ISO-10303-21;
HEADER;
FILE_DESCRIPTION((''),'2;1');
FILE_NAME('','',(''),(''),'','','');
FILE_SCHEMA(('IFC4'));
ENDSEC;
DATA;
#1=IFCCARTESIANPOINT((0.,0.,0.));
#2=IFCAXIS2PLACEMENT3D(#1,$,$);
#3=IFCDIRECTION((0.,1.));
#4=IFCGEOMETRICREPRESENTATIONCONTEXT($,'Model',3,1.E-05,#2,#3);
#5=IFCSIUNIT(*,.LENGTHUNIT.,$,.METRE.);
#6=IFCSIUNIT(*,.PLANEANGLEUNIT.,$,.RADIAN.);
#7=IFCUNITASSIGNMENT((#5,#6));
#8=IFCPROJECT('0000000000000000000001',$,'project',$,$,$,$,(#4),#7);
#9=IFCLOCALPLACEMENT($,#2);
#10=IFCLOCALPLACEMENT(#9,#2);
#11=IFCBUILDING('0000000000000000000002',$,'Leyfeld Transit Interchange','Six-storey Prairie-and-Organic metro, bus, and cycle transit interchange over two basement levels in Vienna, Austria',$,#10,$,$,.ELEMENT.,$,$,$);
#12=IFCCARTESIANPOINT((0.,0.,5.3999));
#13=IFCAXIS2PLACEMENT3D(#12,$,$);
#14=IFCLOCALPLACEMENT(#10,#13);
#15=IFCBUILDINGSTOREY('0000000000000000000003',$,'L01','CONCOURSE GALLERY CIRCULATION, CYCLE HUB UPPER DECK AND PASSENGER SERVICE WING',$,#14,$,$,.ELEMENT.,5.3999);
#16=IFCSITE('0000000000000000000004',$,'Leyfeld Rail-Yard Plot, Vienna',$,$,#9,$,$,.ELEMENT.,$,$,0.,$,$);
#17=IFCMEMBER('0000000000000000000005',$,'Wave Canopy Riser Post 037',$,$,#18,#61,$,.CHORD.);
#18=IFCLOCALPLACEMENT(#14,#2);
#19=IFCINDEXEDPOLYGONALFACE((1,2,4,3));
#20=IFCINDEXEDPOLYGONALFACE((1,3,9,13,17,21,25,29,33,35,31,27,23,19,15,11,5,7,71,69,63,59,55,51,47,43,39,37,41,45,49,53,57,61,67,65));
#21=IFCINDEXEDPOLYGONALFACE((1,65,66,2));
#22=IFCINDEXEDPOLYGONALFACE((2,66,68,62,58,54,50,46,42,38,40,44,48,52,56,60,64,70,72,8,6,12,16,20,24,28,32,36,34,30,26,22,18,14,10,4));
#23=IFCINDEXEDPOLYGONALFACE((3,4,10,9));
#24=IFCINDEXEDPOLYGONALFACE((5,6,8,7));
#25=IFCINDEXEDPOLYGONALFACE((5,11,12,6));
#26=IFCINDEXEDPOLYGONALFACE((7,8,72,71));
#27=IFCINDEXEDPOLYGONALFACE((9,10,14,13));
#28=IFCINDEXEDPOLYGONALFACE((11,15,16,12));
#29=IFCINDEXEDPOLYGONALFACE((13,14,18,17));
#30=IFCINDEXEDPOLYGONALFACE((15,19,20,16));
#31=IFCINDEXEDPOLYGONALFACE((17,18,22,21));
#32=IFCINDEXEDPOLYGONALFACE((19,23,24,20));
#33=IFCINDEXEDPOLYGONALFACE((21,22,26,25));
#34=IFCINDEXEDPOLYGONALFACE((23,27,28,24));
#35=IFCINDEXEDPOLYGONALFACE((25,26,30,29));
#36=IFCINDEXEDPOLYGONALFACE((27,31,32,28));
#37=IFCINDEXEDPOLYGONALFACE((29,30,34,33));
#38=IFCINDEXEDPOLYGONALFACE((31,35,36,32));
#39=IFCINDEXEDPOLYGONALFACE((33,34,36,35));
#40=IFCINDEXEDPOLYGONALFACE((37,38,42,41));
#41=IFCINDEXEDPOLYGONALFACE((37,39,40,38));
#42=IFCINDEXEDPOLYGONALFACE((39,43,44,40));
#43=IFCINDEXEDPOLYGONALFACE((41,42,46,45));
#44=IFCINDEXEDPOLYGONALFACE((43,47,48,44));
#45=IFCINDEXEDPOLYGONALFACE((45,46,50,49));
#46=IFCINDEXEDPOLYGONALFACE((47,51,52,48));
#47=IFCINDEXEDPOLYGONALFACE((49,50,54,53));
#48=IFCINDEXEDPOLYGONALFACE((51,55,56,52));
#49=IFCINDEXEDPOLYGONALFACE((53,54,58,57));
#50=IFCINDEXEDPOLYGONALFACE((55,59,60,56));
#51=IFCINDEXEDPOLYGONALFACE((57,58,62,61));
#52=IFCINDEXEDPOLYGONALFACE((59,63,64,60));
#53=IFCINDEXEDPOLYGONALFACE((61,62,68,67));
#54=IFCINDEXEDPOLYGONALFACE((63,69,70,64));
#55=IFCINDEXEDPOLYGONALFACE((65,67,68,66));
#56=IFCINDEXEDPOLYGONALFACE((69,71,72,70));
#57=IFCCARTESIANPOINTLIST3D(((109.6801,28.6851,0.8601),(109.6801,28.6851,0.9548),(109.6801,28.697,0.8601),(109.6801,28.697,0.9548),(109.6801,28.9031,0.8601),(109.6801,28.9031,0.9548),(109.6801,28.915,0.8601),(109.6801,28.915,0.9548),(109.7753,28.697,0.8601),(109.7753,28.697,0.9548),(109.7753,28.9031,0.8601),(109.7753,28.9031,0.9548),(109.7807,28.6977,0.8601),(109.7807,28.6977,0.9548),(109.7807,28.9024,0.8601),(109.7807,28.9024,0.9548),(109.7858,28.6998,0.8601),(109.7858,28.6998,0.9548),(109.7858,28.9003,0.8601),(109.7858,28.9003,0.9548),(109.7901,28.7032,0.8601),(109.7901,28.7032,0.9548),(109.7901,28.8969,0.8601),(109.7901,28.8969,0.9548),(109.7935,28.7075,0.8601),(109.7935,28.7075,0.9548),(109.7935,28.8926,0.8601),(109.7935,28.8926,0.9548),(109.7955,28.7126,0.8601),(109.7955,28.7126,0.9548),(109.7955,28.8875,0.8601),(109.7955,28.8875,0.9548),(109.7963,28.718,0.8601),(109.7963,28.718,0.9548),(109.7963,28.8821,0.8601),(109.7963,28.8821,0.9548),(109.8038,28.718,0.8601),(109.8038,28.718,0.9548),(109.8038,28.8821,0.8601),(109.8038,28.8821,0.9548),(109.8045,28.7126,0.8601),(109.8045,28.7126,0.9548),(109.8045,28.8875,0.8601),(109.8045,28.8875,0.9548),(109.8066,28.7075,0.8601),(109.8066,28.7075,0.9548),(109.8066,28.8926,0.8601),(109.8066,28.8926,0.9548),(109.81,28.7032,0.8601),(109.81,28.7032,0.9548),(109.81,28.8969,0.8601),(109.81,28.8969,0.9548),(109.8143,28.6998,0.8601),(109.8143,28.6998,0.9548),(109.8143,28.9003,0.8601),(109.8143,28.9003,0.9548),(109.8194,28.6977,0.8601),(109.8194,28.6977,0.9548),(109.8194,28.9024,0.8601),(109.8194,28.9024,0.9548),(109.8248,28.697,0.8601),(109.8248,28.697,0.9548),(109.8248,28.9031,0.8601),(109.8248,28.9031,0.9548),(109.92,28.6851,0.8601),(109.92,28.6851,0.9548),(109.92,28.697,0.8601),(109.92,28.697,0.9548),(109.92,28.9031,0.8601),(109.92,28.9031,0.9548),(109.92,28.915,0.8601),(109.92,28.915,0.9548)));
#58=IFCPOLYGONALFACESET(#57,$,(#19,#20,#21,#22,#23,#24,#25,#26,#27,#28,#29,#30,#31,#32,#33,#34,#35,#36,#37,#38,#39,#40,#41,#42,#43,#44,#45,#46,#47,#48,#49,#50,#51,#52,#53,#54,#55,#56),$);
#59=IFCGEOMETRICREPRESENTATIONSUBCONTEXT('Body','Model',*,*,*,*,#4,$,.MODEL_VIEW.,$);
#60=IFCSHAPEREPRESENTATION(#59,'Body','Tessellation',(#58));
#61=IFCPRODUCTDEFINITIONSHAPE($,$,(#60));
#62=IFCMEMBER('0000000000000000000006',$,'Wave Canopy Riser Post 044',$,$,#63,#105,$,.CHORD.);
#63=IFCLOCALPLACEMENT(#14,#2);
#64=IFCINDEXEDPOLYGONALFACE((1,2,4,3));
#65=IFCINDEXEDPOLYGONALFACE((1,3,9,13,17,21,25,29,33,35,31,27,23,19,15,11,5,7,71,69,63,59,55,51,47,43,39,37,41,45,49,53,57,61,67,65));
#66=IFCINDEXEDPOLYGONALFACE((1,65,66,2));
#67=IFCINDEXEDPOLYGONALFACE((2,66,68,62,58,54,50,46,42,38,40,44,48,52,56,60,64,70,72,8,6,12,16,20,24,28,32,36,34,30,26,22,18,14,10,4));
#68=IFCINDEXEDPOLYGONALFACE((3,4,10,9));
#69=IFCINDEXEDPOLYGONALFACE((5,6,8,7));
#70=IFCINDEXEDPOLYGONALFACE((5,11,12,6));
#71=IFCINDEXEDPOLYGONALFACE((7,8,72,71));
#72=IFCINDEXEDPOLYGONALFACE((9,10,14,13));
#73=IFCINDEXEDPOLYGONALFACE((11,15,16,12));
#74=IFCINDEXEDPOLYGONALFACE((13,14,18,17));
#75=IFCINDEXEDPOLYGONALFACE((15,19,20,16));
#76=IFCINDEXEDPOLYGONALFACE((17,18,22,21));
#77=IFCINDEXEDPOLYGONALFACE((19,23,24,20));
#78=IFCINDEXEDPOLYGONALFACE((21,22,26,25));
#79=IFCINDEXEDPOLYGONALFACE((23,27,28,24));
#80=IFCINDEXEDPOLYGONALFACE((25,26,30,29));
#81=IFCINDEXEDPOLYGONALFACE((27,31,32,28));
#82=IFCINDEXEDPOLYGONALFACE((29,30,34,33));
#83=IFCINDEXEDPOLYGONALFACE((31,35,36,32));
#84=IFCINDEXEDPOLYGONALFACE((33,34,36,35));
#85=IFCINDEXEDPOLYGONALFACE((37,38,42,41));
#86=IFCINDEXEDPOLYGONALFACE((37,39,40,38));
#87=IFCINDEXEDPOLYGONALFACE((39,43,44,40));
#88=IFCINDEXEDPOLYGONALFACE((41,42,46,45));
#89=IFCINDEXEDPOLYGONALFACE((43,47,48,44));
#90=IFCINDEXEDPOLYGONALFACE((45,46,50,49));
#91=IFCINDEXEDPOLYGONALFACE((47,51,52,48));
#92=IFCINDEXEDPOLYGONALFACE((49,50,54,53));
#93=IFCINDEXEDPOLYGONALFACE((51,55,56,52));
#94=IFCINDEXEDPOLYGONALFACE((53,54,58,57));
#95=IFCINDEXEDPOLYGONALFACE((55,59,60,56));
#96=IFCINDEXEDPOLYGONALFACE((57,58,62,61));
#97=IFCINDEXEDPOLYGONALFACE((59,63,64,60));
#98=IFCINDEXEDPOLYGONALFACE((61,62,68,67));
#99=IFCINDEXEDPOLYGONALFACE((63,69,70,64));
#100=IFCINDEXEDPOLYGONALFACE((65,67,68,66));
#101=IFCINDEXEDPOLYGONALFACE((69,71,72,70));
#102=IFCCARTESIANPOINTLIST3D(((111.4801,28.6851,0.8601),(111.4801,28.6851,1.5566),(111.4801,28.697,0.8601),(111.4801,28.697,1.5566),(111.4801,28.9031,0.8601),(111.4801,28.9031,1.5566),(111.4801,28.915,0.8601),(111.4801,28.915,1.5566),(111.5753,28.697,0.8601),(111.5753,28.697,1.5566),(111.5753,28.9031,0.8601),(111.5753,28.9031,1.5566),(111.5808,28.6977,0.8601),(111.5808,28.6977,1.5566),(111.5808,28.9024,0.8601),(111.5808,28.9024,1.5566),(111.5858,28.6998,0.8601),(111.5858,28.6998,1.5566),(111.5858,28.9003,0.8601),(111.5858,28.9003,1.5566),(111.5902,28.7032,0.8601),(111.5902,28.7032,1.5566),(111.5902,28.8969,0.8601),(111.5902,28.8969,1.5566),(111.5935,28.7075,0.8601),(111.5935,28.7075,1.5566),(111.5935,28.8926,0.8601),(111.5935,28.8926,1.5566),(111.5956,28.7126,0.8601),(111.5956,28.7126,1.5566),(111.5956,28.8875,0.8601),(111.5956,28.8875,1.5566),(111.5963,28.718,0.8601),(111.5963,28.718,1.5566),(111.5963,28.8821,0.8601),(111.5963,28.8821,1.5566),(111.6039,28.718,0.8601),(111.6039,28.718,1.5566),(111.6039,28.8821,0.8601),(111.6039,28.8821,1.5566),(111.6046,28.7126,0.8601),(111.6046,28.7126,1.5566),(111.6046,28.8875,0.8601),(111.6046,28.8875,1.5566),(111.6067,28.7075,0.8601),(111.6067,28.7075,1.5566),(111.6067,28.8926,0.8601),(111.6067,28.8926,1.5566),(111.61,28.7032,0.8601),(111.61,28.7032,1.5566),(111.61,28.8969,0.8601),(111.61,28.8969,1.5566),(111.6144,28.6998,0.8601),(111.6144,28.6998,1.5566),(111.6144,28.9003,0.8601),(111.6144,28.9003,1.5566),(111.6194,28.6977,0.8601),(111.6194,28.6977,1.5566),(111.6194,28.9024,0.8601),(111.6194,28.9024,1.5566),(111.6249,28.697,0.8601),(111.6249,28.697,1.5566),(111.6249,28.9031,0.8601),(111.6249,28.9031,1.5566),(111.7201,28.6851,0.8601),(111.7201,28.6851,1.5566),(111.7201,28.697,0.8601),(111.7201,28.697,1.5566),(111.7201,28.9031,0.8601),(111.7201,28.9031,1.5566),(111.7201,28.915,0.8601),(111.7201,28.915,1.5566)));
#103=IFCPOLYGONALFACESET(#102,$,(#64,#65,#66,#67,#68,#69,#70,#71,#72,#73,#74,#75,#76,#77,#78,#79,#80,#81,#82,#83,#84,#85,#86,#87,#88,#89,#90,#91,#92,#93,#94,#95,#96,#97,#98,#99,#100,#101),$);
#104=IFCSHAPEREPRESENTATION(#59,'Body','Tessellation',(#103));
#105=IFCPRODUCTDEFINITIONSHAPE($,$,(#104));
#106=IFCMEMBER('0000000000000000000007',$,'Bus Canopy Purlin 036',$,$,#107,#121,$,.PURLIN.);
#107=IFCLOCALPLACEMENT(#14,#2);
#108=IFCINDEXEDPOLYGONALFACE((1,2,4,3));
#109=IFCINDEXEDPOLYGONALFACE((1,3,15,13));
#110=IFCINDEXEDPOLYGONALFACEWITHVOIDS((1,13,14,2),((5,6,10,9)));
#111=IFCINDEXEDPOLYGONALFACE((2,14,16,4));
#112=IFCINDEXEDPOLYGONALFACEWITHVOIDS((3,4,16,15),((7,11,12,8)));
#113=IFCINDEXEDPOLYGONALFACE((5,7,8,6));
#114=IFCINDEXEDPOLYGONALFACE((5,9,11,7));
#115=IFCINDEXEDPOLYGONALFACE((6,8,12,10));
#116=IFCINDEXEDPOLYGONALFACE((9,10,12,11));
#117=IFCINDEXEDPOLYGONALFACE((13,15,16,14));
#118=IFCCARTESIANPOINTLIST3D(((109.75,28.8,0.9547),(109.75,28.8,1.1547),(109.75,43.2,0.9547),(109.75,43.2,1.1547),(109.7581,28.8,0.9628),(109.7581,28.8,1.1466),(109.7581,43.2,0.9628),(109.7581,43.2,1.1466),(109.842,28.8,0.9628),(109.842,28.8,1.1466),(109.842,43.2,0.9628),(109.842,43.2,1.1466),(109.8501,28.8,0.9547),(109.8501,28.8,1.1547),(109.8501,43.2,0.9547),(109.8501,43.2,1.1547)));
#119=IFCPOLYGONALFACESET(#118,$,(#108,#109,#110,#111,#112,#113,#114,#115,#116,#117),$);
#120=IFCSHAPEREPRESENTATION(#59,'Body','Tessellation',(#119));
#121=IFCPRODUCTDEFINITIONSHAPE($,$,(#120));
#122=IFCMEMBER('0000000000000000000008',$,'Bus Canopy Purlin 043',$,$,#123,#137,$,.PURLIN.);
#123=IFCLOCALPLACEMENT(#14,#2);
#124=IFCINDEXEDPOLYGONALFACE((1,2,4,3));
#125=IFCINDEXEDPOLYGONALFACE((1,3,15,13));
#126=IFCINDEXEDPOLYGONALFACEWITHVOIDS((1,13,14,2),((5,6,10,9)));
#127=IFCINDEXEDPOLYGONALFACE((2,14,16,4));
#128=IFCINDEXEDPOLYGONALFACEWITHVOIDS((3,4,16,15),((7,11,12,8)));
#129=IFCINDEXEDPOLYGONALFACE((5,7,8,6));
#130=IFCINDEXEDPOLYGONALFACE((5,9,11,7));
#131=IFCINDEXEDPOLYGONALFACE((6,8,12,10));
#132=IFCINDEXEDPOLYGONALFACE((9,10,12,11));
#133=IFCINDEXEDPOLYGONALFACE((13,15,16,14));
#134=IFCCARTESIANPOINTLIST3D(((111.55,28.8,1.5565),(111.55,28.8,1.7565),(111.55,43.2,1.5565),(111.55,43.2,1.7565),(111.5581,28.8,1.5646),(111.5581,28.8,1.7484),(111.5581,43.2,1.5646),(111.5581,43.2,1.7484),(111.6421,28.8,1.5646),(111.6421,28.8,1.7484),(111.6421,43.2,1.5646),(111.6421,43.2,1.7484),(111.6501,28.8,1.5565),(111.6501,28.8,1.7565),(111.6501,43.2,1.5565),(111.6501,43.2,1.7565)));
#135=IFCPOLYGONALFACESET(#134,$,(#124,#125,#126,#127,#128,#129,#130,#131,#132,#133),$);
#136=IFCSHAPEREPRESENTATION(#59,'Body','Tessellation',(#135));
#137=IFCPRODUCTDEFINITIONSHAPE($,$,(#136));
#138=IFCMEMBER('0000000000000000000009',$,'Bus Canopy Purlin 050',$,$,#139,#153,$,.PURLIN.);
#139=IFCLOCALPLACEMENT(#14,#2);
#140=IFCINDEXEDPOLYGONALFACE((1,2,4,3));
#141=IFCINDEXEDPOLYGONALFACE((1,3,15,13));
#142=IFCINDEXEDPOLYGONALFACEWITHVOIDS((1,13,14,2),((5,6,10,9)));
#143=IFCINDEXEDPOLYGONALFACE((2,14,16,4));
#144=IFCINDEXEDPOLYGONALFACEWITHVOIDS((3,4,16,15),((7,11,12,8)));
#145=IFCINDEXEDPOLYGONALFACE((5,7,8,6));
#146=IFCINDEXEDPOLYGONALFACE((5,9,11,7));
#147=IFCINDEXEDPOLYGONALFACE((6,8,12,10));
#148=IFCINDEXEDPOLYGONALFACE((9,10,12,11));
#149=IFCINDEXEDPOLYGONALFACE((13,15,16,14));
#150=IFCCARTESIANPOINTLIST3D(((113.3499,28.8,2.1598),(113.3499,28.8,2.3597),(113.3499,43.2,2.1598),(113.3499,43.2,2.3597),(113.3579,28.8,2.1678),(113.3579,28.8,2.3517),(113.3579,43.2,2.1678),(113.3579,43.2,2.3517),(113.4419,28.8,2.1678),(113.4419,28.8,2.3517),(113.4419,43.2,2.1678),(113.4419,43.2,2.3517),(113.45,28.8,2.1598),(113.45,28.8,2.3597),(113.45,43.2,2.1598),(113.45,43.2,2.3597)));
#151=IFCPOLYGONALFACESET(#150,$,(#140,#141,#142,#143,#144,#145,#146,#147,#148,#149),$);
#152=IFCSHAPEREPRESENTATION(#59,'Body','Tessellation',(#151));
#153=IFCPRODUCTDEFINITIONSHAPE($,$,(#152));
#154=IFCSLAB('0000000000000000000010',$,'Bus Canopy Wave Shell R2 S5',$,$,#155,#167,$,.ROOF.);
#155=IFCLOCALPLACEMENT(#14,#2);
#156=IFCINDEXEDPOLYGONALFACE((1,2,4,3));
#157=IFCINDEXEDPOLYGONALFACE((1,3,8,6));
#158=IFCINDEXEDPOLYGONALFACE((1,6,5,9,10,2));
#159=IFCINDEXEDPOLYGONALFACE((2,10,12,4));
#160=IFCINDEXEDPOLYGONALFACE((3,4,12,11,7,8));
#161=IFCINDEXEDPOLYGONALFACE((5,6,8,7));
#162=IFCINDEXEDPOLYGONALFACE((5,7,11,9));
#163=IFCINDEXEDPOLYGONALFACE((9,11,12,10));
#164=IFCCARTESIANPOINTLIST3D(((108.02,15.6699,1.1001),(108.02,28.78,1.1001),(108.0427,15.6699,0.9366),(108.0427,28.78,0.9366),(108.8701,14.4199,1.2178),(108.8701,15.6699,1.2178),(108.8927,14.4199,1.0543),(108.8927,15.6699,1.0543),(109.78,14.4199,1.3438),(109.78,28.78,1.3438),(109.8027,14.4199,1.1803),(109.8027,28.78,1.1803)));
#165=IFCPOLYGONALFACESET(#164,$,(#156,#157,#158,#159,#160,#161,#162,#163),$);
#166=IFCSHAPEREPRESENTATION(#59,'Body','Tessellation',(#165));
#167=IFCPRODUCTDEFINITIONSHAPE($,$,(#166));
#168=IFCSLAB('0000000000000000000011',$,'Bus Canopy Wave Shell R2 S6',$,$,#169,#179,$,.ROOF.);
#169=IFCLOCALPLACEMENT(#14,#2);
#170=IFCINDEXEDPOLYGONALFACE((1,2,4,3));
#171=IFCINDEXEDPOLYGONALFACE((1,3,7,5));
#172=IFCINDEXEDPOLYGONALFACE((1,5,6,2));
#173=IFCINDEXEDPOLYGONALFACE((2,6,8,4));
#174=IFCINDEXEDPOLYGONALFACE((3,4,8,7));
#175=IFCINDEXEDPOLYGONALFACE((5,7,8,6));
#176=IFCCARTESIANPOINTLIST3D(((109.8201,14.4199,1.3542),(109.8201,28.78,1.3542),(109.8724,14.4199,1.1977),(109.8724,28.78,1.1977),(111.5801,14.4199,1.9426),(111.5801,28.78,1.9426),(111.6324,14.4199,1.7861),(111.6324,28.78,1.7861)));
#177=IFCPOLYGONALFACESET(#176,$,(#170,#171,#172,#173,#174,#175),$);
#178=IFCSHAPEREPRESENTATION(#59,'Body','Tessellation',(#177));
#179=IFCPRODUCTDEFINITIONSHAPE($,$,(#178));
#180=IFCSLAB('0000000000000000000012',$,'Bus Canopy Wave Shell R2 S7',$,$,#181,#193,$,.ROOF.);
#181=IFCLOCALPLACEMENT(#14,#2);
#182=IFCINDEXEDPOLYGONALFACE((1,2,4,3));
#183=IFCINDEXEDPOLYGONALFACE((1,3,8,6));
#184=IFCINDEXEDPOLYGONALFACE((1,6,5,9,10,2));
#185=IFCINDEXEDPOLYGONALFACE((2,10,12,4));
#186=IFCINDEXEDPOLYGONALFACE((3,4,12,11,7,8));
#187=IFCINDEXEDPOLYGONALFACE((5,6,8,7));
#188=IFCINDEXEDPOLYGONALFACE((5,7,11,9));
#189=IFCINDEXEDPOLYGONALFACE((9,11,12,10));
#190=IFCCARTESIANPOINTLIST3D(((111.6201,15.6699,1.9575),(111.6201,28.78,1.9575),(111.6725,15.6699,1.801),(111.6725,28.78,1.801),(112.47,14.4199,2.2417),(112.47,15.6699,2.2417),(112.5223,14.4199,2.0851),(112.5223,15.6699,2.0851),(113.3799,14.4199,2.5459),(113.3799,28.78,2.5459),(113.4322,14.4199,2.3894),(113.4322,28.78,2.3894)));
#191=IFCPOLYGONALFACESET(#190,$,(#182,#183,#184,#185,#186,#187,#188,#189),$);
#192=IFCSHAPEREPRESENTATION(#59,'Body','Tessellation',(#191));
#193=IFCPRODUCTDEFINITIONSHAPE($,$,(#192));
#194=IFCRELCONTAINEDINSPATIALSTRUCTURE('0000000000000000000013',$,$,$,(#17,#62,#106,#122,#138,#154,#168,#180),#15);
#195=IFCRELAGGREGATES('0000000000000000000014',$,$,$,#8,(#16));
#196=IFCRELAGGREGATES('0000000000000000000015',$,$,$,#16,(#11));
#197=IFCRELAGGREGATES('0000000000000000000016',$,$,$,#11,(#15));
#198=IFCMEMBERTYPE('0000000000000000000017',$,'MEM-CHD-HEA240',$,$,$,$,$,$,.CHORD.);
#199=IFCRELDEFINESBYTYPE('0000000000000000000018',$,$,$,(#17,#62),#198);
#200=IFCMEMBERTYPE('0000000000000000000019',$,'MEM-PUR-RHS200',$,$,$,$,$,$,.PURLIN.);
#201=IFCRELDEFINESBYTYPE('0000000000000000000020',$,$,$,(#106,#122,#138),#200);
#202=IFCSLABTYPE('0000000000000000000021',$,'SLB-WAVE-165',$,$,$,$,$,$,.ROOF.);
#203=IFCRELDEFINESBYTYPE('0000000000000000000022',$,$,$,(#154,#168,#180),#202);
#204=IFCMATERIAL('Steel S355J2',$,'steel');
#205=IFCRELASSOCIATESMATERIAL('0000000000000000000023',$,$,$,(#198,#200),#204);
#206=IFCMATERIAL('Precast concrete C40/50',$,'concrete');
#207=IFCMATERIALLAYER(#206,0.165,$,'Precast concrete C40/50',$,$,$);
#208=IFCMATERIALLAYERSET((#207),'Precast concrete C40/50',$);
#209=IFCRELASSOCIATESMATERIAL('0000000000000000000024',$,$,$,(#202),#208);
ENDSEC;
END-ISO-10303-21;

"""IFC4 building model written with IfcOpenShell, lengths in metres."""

from ifc_helpers import new_model, si_unit, direction, frame, origin, origin_2d, place, context, subcontext, project, spatial, polyline, hollow_rectangle, i_section, outline, extrude, material, layer, layer_set, material_profile, profile_set, type_object, element, save


model = new_model("IFC4")

# Units and contexts
model_context = context("Model", 3, precision=1e-05, world=origin(), true_north=direction((0.0, 1.0)))
body_context = subcontext(model_context, "Body", "Model", "MODEL_VIEW")
ifc_project = project(units=[si_unit("LENGTHUNIT", "METRE"), si_unit("PLANEANGLEUNIT", "RADIAN")], contexts=[model_context])

# Site, building, storey
site_placement = place(None, origin())
site = spatial("IfcSite", under=ifc_project, at=site_placement, Name="Leyfeld Rail-Yard Plot, Vienna", CompositionType="ELEMENT", RefElevation=0.0)
building_placement = place(site_placement, origin())
building = spatial("IfcBuilding", under=site, at=building_placement, Name="Leyfeld Transit Interchange", Description="Six-storey Prairie-and-Organic metro, bus, and cycle transit interchange over two basement levels in Vienna, Austria", CompositionType="ELEMENT")
storey_placement = place(building_placement, frame((0.0, 0.0, 5.3999)))
storey = spatial("IfcBuildingStorey", under=building, at=storey_placement, Name="L01", Description="CONCOURSE GALLERY CIRCULATION, CYCLE HUB UPPER DECK AND PASSENGER SERVICE WING", CompositionType="ELEMENT", Elevation=5.3999)

# Members
ifc_material_1 = material(Name="Steel S355J2", Category="steel")
ifc_material_profile_1 = material_profile(ifc_material_1, i_section(OverallWidth=0.24, OverallDepth=0.23, WebThickness=0.0076, FlangeThickness=0.012, FilletRadius=0.021, at=origin_2d()), Name="HEA 240")
ifc_profile_set_1 = profile_set([ifc_material_profile_1], Name="Steel S355J2")
member_type_1 = type_object("IfcMemberType", Name="MEM-CHD-HEA240", PredefinedType="CHORD", material=ifc_profile_set_1)
member_1_placement = place(storey_placement, frame((109.8, 28.8, 0.8601), z_axis=(0.0, 0.0, 1.0), x_axis=(1.0, 0.0, 0.0)))
element("IfcMember", 1, at=member_1_placement, inside=storey, type_object=member_type_1, Name="Wave Canopy Riser Post 037", PredefinedType="CHORD", context=body_context, shape_type="SweptSolid", body=[
    extrude(i_section(OverallWidth=0.24, OverallDepth=0.23, WebThickness=0.0076, FlangeThickness=0.012, FilletRadius=0.021, at=origin_2d()), origin(), (0.0, 0.0, 1.0), 0.0947),
])
member_2_placement = place(storey_placement, frame((111.6001, 28.8, 0.8601), z_axis=(0.0, 0.0, 1.0), x_axis=(1.0, 0.0, 0.0)))
element("IfcMember", 2, at=member_2_placement, inside=storey, type_object=member_type_1, Name="Wave Canopy Riser Post 044", PredefinedType="CHORD", context=body_context, shape_type="SweptSolid", body=[
    extrude(i_section(OverallWidth=0.24, OverallDepth=0.23, WebThickness=0.0076, FlangeThickness=0.012, FilletRadius=0.021, at=origin_2d()), origin(), (0.0, 0.0, 1.0), 0.6965),
])
ifc_material_profile_2 = material_profile(ifc_material_1, hollow_rectangle(XDim=0.1001, YDim=0.2, WallThickness=0.0081, at=origin_2d()), Name="RHS 200x100x8")
ifc_profile_set_2 = profile_set([ifc_material_profile_2], Name="Steel S355J2")
member_type_2 = type_object("IfcMemberType", Name="MEM-PUR-RHS200", PredefinedType="PURLIN", material=ifc_profile_set_2)
for number, where, z_axis, x_axis, name in (
    (3, (109.8, 28.8, 1.0547), (0.0, 1.0, 0.0), (-1.0, 0.0, 0.0), "Bus Canopy Purlin 036"),
    (4, (111.6001, 28.8, 1.6565), (0.0, 1.0, 0.0), (-1.0, 0.0, 0.0), "Bus Canopy Purlin 043"),
    (5, (113.3999, 28.8, 2.2598), (0.0, 1.0, 0.0), (-1.0, 0.0, 0.0), "Bus Canopy Purlin 050"),
):
    element("IfcMember", number, at=place(storey_placement, frame(where, z_axis=z_axis, x_axis=x_axis)), inside=storey, type_object=member_type_2, Name=name, PredefinedType="PURLIN", context=body_context, shape_type="SweptSolid", body=[
        extrude(hollow_rectangle(XDim=0.1001, YDim=0.2, WallThickness=0.0081, at=origin_2d()), origin(), (0.0, 0.0, 1.0), 14.3999),
    ])

# Slabs
ifc_material_2 = material(Name="Precast concrete C40/50", Category="concrete")
ifc_layer = layer(ifc_material_2, 0.165, Name="Precast concrete C40/50")
ifc_layer_set = layer_set([ifc_layer], Name="Precast concrete C40/50")
slab_type = type_object("IfcSlabType", Name="SLB-WAVE-165", PredefinedType="ROOF", material=ifc_layer_set)
slab_1_placement = place(storey_placement, frame((108.02, 15.6699, 1.1001), z_axis=(-0.137131, 0.0, 0.990553), x_axis=(0.990553, 0.0, 0.137131)))
element("IfcSlab", 6, at=slab_1_placement, inside=storey, type_object=slab_type, Name="Bus Canopy Wave Shell R2 S5", PredefinedType="ROOF", context=body_context, shape_type="SweptSolid", body=[
    extrude(outline(polyline([(0.0, 0.0), (0.8582, 0.0), (0.8582, -1.25), (1.7768, -1.25), (1.7768, 13.1101), (0.0, 13.1101), (0.0, 0.0)])), origin(), (0.0, 0.0, -1.0), 0.165),
])
slab_2_placement = place(storey_placement, frame((109.8201, 14.4199, 1.3542), z_axis=(-0.317056, 0.0, 0.948407), x_axis=(0.948407, 0.0, 0.317056)))
element("IfcSlab", 7, at=slab_2_placement, inside=storey, type_object=slab_type, Name="Bus Canopy Wave Shell R2 S6", PredefinedType="ROOF", context=body_context, shape_type="SweptSolid", body=[
    extrude(outline(polyline([(0.0, 0.0), (1.8558, 0.0), (1.8558, 14.3601), (0.0, 14.3601), (0.0, 0.0)])), origin(), (0.0, 0.0, -1.0), 0.165),
])
slab_3_placement = place(storey_placement, frame((111.6201, 15.6699, 1.9575), z_axis=(-0.317095, 0.000001, 0.948394), x_axis=(0.948394, 0.0, 0.317095)))
element("IfcSlab", 8, at=slab_3_placement, inside=storey, type_object=slab_type, Name="Bus Canopy Wave Shell R2 S7", PredefinedType="ROOF", context=body_context, shape_type="SweptSolid", body=[
    extrude(outline(polyline([(0.0, 0.0), (0.8961, 0.0), (0.8961, -1.25), (1.8555, -1.25), (1.8555, 13.1101), (0.0, 13.1101), (0.0, 0.0)])), origin(), (0.0, 0.0, -1.0), 0.165),
])

save(model, "model.ifc")
